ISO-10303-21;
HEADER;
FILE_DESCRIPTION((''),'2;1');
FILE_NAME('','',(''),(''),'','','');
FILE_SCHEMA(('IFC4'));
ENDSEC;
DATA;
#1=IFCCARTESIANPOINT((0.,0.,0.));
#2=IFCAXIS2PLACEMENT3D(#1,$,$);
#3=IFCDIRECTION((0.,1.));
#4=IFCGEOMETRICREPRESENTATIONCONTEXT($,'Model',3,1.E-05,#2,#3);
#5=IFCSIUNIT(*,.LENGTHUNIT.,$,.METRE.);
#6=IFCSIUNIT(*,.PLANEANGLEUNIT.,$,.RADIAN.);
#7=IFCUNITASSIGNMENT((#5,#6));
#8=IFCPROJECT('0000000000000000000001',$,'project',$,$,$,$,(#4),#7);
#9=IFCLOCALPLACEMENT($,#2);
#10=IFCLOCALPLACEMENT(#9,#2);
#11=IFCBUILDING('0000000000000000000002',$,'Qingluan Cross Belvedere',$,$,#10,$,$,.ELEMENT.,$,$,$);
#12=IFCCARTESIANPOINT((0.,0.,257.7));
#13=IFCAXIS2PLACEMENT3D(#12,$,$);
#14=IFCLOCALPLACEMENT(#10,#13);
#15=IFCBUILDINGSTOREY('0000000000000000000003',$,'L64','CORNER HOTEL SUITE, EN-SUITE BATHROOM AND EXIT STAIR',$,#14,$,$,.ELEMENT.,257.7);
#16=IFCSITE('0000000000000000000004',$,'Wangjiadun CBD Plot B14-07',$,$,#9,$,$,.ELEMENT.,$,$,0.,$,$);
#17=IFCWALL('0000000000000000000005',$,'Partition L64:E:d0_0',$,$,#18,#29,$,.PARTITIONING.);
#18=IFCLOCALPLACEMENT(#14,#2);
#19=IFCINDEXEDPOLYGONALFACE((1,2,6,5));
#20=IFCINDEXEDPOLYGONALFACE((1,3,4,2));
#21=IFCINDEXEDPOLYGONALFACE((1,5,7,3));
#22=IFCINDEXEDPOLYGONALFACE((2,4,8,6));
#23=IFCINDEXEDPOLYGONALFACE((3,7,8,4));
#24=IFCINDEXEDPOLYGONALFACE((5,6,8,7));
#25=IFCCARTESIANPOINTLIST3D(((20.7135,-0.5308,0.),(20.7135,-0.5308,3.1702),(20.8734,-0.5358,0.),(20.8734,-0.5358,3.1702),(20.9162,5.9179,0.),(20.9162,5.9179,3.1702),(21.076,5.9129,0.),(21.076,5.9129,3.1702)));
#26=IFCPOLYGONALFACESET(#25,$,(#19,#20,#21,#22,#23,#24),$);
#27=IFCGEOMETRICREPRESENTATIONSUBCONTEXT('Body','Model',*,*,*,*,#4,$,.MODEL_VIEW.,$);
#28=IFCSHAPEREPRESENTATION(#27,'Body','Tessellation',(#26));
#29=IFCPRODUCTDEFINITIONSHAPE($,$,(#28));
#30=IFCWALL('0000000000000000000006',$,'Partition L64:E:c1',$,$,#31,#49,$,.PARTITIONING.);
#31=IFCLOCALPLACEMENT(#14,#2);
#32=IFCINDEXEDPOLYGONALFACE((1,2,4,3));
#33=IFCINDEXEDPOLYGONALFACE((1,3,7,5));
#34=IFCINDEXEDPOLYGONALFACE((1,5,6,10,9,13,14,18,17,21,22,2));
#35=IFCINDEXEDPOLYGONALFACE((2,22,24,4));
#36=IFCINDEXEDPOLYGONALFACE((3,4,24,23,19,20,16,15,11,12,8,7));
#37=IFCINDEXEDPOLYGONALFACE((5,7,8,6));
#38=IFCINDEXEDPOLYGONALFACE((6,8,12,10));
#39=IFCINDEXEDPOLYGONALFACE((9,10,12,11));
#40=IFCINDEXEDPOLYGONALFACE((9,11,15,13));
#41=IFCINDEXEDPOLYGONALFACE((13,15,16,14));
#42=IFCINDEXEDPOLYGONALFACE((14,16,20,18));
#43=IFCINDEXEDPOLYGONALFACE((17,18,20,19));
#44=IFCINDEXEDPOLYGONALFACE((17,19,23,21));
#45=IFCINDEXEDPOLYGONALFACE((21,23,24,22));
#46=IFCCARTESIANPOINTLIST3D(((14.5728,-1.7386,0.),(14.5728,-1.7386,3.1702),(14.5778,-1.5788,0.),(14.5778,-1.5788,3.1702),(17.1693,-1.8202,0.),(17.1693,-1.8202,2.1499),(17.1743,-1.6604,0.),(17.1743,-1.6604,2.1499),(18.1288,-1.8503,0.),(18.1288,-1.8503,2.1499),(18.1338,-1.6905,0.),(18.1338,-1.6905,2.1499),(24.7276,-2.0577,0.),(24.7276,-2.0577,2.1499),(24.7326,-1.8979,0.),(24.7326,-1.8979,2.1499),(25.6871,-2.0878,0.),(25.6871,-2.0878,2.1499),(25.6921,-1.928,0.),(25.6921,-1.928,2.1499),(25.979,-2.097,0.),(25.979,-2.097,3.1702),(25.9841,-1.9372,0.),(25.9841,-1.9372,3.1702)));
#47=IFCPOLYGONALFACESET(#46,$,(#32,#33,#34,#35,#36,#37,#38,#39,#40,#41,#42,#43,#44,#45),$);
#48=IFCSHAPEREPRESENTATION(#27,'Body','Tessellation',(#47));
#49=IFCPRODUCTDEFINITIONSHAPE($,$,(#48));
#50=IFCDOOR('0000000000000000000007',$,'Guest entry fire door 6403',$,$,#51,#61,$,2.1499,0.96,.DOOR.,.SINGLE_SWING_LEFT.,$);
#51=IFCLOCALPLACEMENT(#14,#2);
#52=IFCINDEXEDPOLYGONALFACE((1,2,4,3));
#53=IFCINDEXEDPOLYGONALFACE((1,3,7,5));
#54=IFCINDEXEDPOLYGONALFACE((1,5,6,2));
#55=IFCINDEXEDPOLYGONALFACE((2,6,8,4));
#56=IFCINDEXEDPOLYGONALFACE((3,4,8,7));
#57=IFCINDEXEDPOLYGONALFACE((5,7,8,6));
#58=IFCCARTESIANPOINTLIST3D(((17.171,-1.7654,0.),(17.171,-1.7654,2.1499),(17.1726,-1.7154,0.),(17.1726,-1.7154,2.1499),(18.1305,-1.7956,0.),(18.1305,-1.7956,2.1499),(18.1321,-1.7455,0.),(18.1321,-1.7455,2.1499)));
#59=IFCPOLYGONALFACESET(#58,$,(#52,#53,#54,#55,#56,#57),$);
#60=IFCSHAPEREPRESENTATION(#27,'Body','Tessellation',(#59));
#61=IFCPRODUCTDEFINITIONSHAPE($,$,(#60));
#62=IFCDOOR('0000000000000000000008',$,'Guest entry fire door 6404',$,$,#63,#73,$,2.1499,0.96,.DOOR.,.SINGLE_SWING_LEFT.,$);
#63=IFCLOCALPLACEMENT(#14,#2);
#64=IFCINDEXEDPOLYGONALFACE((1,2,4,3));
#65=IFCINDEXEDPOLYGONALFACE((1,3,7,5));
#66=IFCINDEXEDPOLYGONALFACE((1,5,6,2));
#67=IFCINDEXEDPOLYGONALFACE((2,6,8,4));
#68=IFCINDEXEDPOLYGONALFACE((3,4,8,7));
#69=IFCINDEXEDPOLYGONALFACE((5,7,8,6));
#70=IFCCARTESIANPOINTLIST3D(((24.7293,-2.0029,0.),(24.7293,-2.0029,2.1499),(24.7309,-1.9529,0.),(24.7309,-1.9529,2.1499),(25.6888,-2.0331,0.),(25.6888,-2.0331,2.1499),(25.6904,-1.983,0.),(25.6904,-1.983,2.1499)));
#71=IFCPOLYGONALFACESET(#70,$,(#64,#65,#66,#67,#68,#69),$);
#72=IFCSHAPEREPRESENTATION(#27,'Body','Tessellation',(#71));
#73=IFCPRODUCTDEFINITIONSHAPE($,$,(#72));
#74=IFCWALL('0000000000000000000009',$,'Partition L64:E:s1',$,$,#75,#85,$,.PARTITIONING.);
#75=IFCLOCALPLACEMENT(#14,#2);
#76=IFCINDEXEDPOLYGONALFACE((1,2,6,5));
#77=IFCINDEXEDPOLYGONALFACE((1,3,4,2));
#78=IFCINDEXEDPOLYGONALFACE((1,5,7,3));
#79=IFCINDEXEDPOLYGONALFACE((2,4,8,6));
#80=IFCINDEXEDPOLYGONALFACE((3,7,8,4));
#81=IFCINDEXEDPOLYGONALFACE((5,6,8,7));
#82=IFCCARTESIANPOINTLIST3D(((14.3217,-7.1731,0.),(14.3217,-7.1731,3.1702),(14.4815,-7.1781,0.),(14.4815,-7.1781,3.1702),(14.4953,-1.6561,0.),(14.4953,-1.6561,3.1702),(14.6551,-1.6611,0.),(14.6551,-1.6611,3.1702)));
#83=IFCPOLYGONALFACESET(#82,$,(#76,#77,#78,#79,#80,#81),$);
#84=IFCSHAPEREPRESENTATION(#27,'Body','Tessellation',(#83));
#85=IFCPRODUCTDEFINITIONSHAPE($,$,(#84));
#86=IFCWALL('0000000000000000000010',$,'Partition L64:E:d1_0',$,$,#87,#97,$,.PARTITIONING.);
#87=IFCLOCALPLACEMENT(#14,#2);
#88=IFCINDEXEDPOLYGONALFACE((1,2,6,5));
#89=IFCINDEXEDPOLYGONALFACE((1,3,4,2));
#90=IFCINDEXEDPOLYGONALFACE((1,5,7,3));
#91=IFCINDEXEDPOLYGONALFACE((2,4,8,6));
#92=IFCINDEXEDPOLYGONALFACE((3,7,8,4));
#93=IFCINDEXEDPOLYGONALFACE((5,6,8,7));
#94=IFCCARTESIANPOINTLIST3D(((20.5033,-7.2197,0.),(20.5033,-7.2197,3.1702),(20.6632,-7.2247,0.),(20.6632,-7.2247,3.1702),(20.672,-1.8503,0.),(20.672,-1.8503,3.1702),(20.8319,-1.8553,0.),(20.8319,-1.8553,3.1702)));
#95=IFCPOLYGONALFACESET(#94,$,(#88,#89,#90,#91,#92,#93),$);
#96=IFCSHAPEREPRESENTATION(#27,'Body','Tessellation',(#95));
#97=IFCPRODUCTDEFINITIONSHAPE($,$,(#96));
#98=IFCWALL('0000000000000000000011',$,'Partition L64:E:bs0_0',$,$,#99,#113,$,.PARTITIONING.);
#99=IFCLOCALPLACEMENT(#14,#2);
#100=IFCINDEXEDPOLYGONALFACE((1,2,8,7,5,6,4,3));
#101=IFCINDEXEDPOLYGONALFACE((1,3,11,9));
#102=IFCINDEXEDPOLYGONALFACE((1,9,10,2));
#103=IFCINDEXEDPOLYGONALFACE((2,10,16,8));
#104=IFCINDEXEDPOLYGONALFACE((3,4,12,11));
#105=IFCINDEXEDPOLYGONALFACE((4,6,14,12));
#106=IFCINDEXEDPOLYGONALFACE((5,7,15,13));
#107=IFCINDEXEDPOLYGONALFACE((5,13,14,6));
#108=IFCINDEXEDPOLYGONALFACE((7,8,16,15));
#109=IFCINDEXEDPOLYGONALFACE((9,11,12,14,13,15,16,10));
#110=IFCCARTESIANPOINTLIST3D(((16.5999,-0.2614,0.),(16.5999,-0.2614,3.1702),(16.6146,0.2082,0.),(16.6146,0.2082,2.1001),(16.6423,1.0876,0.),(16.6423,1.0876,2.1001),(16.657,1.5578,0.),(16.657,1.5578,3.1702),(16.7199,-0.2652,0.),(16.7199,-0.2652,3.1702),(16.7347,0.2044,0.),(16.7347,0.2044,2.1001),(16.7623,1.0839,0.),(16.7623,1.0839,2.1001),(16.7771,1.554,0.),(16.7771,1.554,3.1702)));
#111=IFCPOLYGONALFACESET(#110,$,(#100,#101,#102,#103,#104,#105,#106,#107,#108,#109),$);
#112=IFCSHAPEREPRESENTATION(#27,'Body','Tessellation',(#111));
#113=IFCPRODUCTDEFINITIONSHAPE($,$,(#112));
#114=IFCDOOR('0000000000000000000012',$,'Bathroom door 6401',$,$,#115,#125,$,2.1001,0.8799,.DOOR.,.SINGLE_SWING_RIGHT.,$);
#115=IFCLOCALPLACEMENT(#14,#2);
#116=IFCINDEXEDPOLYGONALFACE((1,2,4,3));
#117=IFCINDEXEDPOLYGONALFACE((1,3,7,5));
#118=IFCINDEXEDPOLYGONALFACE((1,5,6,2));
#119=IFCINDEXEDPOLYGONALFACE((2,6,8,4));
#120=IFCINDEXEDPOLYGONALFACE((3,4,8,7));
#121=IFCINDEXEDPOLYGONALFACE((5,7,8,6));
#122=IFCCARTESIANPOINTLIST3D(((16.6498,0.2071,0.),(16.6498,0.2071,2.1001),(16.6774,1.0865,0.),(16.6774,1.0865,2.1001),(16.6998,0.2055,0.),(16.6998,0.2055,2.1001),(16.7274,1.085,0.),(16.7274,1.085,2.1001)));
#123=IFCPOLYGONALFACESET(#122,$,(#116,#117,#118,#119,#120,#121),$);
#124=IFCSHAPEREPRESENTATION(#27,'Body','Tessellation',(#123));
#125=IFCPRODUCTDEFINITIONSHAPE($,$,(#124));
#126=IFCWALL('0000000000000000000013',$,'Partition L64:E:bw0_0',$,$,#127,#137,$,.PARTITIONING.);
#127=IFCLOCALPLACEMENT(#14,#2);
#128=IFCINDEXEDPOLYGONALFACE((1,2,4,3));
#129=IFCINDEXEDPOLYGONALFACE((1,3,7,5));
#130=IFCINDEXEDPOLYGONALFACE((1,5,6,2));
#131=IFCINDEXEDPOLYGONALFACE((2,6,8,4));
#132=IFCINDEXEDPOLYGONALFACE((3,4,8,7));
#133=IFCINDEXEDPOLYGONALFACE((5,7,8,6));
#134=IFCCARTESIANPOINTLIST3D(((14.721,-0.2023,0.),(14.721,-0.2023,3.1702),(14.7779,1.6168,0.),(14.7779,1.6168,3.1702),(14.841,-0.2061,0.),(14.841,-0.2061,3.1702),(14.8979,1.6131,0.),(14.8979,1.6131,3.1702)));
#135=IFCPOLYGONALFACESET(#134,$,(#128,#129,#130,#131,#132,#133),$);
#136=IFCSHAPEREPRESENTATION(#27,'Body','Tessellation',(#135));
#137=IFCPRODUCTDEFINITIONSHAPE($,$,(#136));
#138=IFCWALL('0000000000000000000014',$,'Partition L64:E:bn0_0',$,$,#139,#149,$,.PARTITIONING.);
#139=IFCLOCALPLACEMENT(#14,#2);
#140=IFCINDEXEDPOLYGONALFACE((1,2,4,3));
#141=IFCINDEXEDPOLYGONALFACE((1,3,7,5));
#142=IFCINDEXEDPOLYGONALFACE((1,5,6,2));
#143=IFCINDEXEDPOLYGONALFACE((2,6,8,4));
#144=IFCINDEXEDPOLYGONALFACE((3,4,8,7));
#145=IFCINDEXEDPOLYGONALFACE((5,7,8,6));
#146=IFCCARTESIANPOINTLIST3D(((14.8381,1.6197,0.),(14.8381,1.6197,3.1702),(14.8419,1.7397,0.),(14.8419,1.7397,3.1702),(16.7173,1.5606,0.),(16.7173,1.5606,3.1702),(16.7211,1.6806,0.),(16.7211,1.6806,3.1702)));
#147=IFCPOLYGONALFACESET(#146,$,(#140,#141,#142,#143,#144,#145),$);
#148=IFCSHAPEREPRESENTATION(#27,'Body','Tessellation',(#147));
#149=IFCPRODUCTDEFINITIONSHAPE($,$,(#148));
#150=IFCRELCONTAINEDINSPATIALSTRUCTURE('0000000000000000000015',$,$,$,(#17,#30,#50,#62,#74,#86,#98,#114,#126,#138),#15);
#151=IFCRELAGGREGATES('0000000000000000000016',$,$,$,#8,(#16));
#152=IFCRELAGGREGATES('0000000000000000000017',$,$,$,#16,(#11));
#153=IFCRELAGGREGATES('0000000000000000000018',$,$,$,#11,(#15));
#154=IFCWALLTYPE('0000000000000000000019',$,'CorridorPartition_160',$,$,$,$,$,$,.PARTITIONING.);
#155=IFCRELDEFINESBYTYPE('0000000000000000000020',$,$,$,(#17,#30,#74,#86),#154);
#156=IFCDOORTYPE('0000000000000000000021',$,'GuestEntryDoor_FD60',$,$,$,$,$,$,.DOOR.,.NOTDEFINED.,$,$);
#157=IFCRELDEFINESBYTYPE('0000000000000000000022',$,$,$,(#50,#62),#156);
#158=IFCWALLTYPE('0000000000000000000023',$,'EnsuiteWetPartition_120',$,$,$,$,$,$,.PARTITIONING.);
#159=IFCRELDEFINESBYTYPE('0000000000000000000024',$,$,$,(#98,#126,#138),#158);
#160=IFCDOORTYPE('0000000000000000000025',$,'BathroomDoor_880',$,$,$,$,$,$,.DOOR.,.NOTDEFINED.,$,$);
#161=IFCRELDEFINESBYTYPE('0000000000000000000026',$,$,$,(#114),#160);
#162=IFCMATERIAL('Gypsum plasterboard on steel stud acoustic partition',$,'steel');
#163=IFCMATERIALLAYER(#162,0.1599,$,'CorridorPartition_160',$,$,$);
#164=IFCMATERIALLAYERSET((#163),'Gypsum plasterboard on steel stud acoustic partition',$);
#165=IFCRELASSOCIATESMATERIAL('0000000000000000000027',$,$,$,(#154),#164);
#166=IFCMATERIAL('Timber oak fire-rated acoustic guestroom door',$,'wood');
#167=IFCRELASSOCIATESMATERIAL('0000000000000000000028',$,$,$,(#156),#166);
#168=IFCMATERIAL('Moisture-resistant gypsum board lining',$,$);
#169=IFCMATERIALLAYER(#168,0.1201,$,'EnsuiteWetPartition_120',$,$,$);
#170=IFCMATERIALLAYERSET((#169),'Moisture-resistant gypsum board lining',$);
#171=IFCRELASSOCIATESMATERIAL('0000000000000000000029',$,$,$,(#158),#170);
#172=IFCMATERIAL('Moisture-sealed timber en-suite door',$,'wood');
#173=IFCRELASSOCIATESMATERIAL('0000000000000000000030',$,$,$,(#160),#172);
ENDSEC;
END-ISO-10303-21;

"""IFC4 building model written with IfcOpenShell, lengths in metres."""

from ifc_helpers import new_model, si_unit, direction, frame, frame_2d, origin, place, context, subcontext, project, spatial, rectangle, extrude, material, layer, layer_set, type_object, element, fill, save


model = new_model("IFC4")

# Units and contexts
model_context = context("Model", 3, precision=1e-05, world=origin(), true_north=direction((0.0, 1.0)))
body_context = subcontext(model_context, "Body", "Model", "MODEL_VIEW")
ifc_project = project(units=[si_unit("LENGTHUNIT", "METRE"), si_unit("PLANEANGLEUNIT", "RADIAN")], contexts=[model_context])

# Site, building, storey
site_placement = place(None, origin())
site = spatial("IfcSite", under=ifc_project, at=site_placement, Name="Wangjiadun CBD Plot B14-07", CompositionType="ELEMENT", RefElevation=0.0)
building_placement = place(site_placement, origin())
building = spatial("IfcBuilding", under=site, at=building_placement, Name="Qingluan Cross Belvedere", CompositionType="ELEMENT")
storey_placement = place(building_placement, frame((0.0, 0.0, 257.7)))
storey = spatial("IfcBuildingStorey", under=building, at=storey_placement, Name="L64", Description="CORNER HOTEL SUITE, EN-SUITE BATHROOM AND EXIT STAIR", CompositionType="ELEMENT", Elevation=257.7)

# Shared definitions
ifc_material_1 = material(Name="Gypsum plasterboard on steel stud acoustic partition", Category="steel")
ifc_layer_1 = layer(ifc_material_1, 0.1599, Name="CorridorPartition_160")
ifc_layer_set_1 = layer_set([ifc_layer_1], Name="Gypsum plasterboard on steel stud acoustic partition")
wall_type_1 = type_object("IfcWallType", Name="CorridorPartition_160", PredefinedType="PARTITIONING", material=ifc_layer_set_1)
ifc_material_2 = material(Name="Timber oak fire-rated acoustic guestroom door", Category="wood")
door_type_1 = type_object("IfcDoorType", Name="GuestEntryDoor_FD60", OperationType="NOTDEFINED", PredefinedType="DOOR", material=ifc_material_2)

# Wall
wall_1_placement = place(storey_placement, frame((20.7935, -0.5334, 0.0), z_axis=(0.0, 0.0, 1.0), x_axis=(0.031407, 0.999507, 0.0)))
element("IfcWall", 1, at=wall_1_placement, inside=storey, type_object=wall_type_1, Name="Partition L64:E:d0_0", PredefinedType="PARTITIONING", context=body_context, shape_type="SweptSolid", body=[
    extrude(rectangle(XDim=6.4519, YDim=0.1599, at=frame_2d((3.2261, 0.0))), origin(), (0.0, 0.0, 1.0), 3.1702),
])

# Wall, openings, doors
wall_2_placement = place(storey_placement, frame((14.5752, -1.6587, 0.0), z_axis=(0.0, 0.0, 1.0), x_axis=(0.999507, -0.031406, 0.0)))
wall_2 = element("IfcWall", 2, at=wall_2_placement, inside=storey, type_object=wall_type_1, Name="Partition L64:E:c1", PredefinedType="PARTITIONING", context=body_context, shape_type="SweptSolid", body=[
    extrude(rectangle(XDim=11.4119, YDim=0.1599, at=frame_2d((5.7061, 0.0))), origin(), (0.0, 0.0, 1.0), 3.1702),
])
opening_1_placement = place(wall_2_placement, frame((2.5979, 0.0, 0.0)))
opening_1 = element("IfcOpeningElement", 3, at=opening_1_placement, cuts=wall_2, PredefinedType="OPENING", context=body_context, shape_type="SweptSolid", body=[
    extrude(rectangle(XDim=0.96, YDim=2.1499, at=frame_2d((0.48, 1.075))), frame((0.0, 0.0898, 0.0), z_axis=(0.0, -1.0, 0.0), x_axis=(1.0, 0.0, 0.0)), (0.0, 0.0, 1.0), 0.1799),
])
opening_2_placement = place(wall_2_placement, frame((10.1599, 0.0, 0.0)))
opening_2 = element("IfcOpeningElement", 4, at=opening_2_placement, cuts=wall_2, PredefinedType="OPENING", context=body_context, shape_type="SweptSolid", body=[
    extrude(rectangle(XDim=0.96, YDim=2.1499, at=frame_2d((0.48, 1.075))), frame((0.0, 0.0898, 0.0), z_axis=(0.0, -1.0, 0.0), x_axis=(1.0, 0.0, 0.0)), (0.0, 0.0, 1.0), 0.1799),
])
door_1_placement = place(opening_1_placement, origin())
door_1 = element("IfcDoor", 5, at=door_1_placement, inside=storey, type_object=door_type_1, Name="Guest entry fire door 6403", OperationType="SINGLE_SWING_LEFT", OverallHeight=2.1499, OverallWidth=0.96, PredefinedType="DOOR", context=body_context, shape_type="SweptSolid", body=[
    extrude(rectangle(XDim=0.96, YDim=2.1499, at=frame_2d((0.48, 1.075))), frame((0.0, 0.0249, 0.0), z_axis=(0.0, -1.0, 0.0), x_axis=(1.0, 0.0, 0.0)), (0.0, 0.0, 1.0), 0.05),
])
fill(opening_1, door_1)
door_2_placement = place(opening_2_placement, origin())
door_2 = element("IfcDoor", 6, at=door_2_placement, inside=storey, type_object=door_type_1, Name="Guest entry fire door 6404", OperationType="SINGLE_SWING_LEFT", OverallHeight=2.1499, OverallWidth=0.96, PredefinedType="DOOR", context=body_context, shape_type="SweptSolid", body=[
    extrude(rectangle(XDim=0.96, YDim=2.1499, at=frame_2d((0.48, 1.075))), frame((0.0, 0.0249, 0.0), z_axis=(0.0, -1.0, 0.0), x_axis=(1.0, 0.0, 0.0)), (0.0, 0.0, 1.0), 0.05),
])
fill(opening_2, door_2)

# Walls
wall_3_placement = place(storey_placement, frame((14.5752, -1.6587, 0.0), z_axis=(0.0, 0.0, 1.0), x_axis=(-0.031447, -0.999505, 0.0)))
element("IfcWall", 7, at=wall_3_placement, inside=storey, type_object=wall_type_1, Name="Partition L64:E:s1", PredefinedType="PARTITIONING", context=body_context, shape_type="SweptSolid", body=[
    extrude(rectangle(XDim=5.5198, YDim=0.1599, at=frame_2d((2.7598, 0.0))), origin(), (0.0, 0.0, 1.0), 3.1702),
])
wall_4_placement = place(storey_placement, frame((20.752, -1.8528, 0.0), z_axis=(0.0, 0.0, 1.0), x_axis=(-0.031404, -0.999507, 0.0)))
element("IfcWall", 8, at=wall_4_placement, inside=storey, type_object=wall_type_1, Name="Partition L64:E:d1_0", PredefinedType="PARTITIONING", context=body_context, shape_type="SweptSolid", body=[
    extrude(rectangle(XDim=5.3721, YDim=0.1599, at=frame_2d((2.686, 0.0))), origin(), (0.0, 0.0, 1.0), 3.1702),
])

# Wall, opening, door
ifc_material_3 = material(Name="Moisture-resistant gypsum board lining")
ifc_layer_2 = layer(ifc_material_3, 0.1201, Name="EnsuiteWetPartition_120")
ifc_layer_set_2 = layer_set([ifc_layer_2], Name="Moisture-resistant gypsum board lining")
wall_type_2 = type_object("IfcWallType", Name="EnsuiteWetPartition_120", PredefinedType="PARTITIONING", material=ifc_layer_set_2)
wall_5_placement = place(storey_placement, frame((16.6599, -0.2634, 0.0), z_axis=(0.0, 0.0, 1.0), x_axis=(0.03139, 0.999507, 0.0)))
wall_5 = element("IfcWall", 9, at=wall_5_placement, inside=storey, type_object=wall_type_2, Name="Partition L64:E:bs0_0", PredefinedType="PARTITIONING", context=body_context, shape_type="SweptSolid", body=[
    extrude(rectangle(XDim=1.8201, YDim=0.1201, at=frame_2d((0.9102, 0.0))), origin(), (0.0, 0.0, 1.0), 3.1702),
])
opening_3_placement = place(wall_5_placement, frame((0.47, 0.0, 0.0)))
opening_3 = element("IfcOpeningElement", 10, at=opening_3_placement, cuts=wall_5, PredefinedType="OPENING", context=body_context, shape_type="SweptSolid", body=[
    extrude(rectangle(XDim=0.8799, YDim=2.1001, at=frame_2d((0.4399, 1.05))), frame((0.0, 0.0701, 0.0), z_axis=(0.0, -1.0, 0.0), x_axis=(1.0, 0.0, 0.0)), (0.0, 0.0, 1.0), 0.1401),
])
ifc_material_4 = material(Name="Moisture-sealed timber en-suite door", Category="wood")
door_type_2 = type_object("IfcDoorType", Name="BathroomDoor_880", OperationType="NOTDEFINED", PredefinedType="DOOR", material=ifc_material_4)
door_3_placement = place(opening_3_placement, origin())
door_3 = element("IfcDoor", 11, at=door_3_placement, inside=storey, type_object=door_type_2, Name="Bathroom door 6401", OperationType="SINGLE_SWING_RIGHT", OverallHeight=2.1001, OverallWidth=0.8799, PredefinedType="DOOR", context=body_context, shape_type="SweptSolid", body=[
    extrude(rectangle(XDim=0.8799, YDim=2.1001, at=frame_2d((0.4399, 1.05))), frame((0.0, 0.0249, 0.0), z_axis=(0.0, -1.0, 0.0), x_axis=(1.0, 0.0, 0.0)), (0.0, 0.0, 1.0), 0.05),
])
fill(opening_3, door_3)

# Walls
wall_6_placement = place(storey_placement, frame((14.781, -0.2043, 0.0), z_axis=(0.0, 0.0, 1.0), x_axis=(0.031256, 0.999511, 0.0)))
element("IfcWall", 12, at=wall_6_placement, inside=storey, type_object=wall_type_2, Name="Partition L64:E:bw0_0", PredefinedType="PARTITIONING", context=body_context, shape_type="SweptSolid", body=[
    extrude(rectangle(XDim=1.8201, YDim=0.1201, at=frame_2d((0.9102, 0.0))), origin(), (0.0, 0.0, 1.0), 3.1702),
])
wall_7_placement = place(storey_placement, frame((14.8401, 1.6797, 0.0), z_axis=(0.0, 0.0, 1.0), x_axis=(0.999506, -0.031425, 0.0)))
element("IfcWall", 13, at=wall_7_placement, inside=storey, type_object=wall_type_2, Name="Partition L64:E:bn0_0", PredefinedType="PARTITIONING", context=body_context, shape_type="SweptSolid", body=[
    extrude(rectangle(XDim=1.8801, YDim=0.1201, at=frame_2d((0.9399, 0.0))), origin(), (0.0, 0.0, 1.0), 3.1702),
])

save(model, "model.ifc")
